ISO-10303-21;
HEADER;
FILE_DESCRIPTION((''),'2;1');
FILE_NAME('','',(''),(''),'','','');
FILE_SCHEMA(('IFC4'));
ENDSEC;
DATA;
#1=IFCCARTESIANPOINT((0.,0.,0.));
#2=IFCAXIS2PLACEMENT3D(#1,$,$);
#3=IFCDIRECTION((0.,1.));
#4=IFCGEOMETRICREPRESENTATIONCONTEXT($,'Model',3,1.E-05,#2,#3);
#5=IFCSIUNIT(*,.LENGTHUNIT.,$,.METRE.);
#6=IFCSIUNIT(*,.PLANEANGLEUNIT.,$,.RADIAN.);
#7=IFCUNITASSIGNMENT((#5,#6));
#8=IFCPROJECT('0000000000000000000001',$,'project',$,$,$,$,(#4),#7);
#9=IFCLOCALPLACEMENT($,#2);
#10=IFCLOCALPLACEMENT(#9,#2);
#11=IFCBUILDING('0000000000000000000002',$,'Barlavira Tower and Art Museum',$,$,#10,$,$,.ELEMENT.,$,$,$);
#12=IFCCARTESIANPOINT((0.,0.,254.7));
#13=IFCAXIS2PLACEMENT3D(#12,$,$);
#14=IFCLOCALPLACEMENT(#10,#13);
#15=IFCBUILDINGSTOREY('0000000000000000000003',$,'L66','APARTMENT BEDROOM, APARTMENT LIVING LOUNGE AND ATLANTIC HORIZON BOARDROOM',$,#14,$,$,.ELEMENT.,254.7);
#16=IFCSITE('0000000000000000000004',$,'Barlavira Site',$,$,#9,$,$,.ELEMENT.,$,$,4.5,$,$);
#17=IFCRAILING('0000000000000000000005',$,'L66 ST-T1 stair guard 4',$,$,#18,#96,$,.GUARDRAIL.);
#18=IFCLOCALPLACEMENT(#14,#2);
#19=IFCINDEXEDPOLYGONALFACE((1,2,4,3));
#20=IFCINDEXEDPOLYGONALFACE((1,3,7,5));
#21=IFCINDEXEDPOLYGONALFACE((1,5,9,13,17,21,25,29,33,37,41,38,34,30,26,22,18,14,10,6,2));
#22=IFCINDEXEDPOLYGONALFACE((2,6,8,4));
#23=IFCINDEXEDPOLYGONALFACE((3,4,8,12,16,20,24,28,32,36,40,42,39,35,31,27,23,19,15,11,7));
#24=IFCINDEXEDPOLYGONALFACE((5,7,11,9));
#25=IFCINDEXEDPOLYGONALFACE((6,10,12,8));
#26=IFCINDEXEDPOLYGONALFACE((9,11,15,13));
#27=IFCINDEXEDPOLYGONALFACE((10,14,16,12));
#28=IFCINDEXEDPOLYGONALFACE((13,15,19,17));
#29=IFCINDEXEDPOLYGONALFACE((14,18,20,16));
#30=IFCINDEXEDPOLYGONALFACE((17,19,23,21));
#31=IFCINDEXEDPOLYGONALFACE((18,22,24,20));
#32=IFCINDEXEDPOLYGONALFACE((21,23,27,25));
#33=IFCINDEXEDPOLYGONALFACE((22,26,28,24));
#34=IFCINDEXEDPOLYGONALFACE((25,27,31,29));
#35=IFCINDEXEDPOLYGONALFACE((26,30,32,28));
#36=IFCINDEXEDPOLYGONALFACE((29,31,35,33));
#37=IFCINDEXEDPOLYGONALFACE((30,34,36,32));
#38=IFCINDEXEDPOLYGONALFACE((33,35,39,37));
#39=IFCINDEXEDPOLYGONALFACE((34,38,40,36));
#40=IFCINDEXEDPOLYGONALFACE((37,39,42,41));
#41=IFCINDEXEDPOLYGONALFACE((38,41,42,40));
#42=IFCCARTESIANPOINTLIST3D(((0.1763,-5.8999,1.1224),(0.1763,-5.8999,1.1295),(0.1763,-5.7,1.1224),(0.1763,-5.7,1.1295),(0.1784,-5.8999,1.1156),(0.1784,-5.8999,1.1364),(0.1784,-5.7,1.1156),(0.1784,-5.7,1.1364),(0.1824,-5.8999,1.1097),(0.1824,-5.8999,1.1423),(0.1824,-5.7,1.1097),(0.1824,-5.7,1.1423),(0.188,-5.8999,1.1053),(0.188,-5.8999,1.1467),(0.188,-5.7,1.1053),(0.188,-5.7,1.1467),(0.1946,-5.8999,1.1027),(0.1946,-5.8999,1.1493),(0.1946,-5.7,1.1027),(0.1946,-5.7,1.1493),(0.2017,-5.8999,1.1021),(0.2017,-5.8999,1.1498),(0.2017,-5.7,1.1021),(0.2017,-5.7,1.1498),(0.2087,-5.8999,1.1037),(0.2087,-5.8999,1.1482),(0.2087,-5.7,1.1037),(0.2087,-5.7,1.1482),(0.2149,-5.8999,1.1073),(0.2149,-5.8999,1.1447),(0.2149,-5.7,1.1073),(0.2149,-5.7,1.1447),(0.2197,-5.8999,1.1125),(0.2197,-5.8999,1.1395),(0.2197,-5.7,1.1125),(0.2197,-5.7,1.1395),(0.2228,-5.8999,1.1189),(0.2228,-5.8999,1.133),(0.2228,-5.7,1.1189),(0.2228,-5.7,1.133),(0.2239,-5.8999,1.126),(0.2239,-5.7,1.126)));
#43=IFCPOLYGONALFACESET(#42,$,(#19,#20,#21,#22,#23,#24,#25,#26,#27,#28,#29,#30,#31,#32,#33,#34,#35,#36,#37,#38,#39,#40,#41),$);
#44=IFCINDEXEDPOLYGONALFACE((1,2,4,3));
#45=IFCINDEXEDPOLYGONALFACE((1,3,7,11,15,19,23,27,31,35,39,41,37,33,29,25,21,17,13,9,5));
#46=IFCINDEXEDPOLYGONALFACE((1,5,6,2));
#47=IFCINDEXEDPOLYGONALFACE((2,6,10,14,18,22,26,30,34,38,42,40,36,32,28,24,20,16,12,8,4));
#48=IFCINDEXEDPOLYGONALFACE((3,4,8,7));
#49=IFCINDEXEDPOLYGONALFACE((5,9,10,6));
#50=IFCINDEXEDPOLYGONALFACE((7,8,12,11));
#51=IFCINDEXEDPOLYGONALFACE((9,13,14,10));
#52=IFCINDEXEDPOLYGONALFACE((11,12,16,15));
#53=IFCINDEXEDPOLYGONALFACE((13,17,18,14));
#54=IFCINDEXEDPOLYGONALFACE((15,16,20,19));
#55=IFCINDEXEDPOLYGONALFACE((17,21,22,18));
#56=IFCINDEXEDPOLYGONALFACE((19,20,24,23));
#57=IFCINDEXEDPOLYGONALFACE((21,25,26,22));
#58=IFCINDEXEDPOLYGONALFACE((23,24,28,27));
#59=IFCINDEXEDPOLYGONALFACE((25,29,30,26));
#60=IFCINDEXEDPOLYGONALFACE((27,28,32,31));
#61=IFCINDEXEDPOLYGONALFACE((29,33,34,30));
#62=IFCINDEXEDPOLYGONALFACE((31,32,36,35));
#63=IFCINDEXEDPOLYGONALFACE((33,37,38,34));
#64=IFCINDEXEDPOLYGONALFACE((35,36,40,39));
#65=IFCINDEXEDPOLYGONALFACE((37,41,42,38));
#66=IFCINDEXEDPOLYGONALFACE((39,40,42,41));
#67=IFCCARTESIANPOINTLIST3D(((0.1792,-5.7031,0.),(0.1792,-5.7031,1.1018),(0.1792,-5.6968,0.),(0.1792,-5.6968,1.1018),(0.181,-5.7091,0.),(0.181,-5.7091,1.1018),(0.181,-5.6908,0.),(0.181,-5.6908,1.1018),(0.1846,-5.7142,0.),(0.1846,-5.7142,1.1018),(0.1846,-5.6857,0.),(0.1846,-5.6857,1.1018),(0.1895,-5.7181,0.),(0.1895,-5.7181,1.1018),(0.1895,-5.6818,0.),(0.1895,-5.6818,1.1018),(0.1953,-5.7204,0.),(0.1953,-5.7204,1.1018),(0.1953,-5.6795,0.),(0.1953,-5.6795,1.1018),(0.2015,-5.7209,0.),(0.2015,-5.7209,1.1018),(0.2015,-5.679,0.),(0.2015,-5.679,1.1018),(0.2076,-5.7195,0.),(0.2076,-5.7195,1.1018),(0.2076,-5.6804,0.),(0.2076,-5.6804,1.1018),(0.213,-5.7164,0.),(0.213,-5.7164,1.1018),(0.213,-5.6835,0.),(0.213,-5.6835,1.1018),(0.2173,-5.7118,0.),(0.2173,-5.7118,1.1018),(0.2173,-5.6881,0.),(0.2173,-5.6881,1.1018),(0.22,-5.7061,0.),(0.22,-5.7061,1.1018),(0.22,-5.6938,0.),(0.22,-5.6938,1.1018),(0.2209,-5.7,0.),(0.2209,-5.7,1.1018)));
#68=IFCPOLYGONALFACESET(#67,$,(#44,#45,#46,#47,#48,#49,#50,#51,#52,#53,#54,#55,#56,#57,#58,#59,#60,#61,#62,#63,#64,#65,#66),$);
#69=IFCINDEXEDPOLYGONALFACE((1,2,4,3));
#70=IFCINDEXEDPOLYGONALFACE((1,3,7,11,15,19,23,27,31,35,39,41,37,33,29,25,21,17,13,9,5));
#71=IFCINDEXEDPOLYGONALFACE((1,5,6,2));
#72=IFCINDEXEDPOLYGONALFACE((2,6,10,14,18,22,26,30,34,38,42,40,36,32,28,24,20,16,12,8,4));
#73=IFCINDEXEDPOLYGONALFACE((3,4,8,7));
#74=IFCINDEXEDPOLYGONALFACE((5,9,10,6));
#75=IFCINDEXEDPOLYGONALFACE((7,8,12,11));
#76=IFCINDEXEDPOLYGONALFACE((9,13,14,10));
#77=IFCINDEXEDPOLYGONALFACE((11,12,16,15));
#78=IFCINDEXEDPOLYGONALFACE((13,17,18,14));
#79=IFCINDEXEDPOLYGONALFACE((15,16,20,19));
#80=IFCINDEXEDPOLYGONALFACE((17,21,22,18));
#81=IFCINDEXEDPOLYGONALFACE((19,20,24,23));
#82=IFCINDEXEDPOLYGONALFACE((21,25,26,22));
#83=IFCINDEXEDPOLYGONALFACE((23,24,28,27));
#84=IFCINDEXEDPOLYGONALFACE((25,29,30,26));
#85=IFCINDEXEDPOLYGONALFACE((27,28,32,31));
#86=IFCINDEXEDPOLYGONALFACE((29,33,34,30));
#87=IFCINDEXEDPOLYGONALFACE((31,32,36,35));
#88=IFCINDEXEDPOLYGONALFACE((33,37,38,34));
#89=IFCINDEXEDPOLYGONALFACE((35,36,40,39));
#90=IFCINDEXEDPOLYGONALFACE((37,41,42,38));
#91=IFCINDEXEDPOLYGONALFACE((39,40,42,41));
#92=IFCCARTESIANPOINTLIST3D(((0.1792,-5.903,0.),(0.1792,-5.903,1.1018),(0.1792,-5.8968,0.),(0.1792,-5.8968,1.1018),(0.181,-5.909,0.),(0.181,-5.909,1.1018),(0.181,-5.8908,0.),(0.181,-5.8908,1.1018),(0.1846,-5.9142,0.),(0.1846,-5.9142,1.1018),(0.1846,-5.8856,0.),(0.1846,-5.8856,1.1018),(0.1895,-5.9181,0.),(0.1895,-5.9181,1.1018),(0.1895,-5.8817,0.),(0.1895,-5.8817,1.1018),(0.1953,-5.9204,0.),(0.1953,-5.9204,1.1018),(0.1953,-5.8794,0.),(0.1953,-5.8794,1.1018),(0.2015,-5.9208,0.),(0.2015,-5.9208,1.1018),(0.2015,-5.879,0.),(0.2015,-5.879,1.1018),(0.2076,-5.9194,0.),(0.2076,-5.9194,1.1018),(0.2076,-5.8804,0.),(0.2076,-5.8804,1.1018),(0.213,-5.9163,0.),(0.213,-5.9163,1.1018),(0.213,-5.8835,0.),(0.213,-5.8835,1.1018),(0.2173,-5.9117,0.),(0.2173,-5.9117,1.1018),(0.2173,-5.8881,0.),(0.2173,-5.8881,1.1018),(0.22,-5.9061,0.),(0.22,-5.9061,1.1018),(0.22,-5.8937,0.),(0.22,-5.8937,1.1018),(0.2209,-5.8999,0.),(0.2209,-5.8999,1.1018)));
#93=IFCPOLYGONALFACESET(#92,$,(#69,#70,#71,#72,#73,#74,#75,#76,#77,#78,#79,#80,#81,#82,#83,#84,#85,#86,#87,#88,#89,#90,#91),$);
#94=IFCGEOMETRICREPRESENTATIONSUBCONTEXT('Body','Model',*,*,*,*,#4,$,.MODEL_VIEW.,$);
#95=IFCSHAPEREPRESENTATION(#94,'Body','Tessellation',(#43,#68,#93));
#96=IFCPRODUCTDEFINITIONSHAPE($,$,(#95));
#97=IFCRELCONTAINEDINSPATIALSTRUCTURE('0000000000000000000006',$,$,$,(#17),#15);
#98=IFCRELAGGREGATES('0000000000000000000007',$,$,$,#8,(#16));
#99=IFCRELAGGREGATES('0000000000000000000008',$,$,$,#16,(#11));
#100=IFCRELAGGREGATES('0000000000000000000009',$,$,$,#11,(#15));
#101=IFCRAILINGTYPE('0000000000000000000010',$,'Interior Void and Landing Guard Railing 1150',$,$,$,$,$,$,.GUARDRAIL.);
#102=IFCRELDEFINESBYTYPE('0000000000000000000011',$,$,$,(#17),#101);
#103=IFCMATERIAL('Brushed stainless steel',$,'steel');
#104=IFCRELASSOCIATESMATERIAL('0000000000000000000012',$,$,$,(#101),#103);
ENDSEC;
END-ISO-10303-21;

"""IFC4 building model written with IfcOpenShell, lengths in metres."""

from ifc_helpers import new_model, si_unit, direction, frame, origin, origin_2d, place, context, subcontext, project, spatial, circle, extrude, material, type_object, element, save


model = new_model("IFC4")

# Units and contexts
model_context = context("Model", 3, precision=1e-05, world=origin(), true_north=direction((0.0, 1.0)))
body_context = subcontext(model_context, "Body", "Model", "MODEL_VIEW")
ifc_project = project(units=[si_unit("LENGTHUNIT", "METRE"), si_unit("PLANEANGLEUNIT", "RADIAN")], contexts=[model_context])

# Site, building, storey
site_placement = place(None, origin())
site = spatial("IfcSite", under=ifc_project, at=site_placement, Name="Barlavira Site", CompositionType="ELEMENT", RefElevation=4.5)
building_placement = place(site_placement, origin())
building = spatial("IfcBuilding", under=site, at=building_placement, Name="Barlavira Tower and Art Museum", CompositionType="ELEMENT")
storey_placement = place(building_placement, frame((0.0, 0.0, 254.7)))
storey = spatial("IfcBuildingStorey", under=building, at=storey_placement, Name="L66", Description="APARTMENT BEDROOM, APARTMENT LIVING LOUNGE AND ATLANTIC HORIZON BOARDROOM", CompositionType="ELEMENT", Elevation=254.7)

# Shared definitions
ifc_material_1 = material(Name="Brushed stainless steel", Category="steel")

# Railing
railing_type_1 = type_object("IfcRailingType", Name="Interior Void and Landing Guard Railing 1150", PredefinedType="GUARDRAIL", material=ifc_material_1)
railing_1_placement = place(storey_placement, frame((0.2, -5.7, 0.0)))
element("IfcRailing", 1, at=railing_1_placement, inside=storey, type_object=railing_type_1, Name="L66 ST-T1 stair guard 4", PredefinedType="GUARDRAIL", context=body_context, shape_type="SweptSolid", body=[
    extrude(circle(Radius=0.0239, at=origin_2d()), frame((0.0, 0.0, 1.126), z_axis=(0.0, -1.0, 0.0), x_axis=(1.0, 0.0, 0.0)), (0.0, 0.0, 1.0), 0.2),
    extrude(circle(Radius=0.021, at=origin_2d()), origin(), (0.0, 0.0, 1.0), 1.1018),
    extrude(circle(Radius=0.021, at=origin_2d()), frame((0.0, -0.2, 0.0)), (0.0, 0.0, 1.0), 1.1018),
])

save(model, "model.ifc")
